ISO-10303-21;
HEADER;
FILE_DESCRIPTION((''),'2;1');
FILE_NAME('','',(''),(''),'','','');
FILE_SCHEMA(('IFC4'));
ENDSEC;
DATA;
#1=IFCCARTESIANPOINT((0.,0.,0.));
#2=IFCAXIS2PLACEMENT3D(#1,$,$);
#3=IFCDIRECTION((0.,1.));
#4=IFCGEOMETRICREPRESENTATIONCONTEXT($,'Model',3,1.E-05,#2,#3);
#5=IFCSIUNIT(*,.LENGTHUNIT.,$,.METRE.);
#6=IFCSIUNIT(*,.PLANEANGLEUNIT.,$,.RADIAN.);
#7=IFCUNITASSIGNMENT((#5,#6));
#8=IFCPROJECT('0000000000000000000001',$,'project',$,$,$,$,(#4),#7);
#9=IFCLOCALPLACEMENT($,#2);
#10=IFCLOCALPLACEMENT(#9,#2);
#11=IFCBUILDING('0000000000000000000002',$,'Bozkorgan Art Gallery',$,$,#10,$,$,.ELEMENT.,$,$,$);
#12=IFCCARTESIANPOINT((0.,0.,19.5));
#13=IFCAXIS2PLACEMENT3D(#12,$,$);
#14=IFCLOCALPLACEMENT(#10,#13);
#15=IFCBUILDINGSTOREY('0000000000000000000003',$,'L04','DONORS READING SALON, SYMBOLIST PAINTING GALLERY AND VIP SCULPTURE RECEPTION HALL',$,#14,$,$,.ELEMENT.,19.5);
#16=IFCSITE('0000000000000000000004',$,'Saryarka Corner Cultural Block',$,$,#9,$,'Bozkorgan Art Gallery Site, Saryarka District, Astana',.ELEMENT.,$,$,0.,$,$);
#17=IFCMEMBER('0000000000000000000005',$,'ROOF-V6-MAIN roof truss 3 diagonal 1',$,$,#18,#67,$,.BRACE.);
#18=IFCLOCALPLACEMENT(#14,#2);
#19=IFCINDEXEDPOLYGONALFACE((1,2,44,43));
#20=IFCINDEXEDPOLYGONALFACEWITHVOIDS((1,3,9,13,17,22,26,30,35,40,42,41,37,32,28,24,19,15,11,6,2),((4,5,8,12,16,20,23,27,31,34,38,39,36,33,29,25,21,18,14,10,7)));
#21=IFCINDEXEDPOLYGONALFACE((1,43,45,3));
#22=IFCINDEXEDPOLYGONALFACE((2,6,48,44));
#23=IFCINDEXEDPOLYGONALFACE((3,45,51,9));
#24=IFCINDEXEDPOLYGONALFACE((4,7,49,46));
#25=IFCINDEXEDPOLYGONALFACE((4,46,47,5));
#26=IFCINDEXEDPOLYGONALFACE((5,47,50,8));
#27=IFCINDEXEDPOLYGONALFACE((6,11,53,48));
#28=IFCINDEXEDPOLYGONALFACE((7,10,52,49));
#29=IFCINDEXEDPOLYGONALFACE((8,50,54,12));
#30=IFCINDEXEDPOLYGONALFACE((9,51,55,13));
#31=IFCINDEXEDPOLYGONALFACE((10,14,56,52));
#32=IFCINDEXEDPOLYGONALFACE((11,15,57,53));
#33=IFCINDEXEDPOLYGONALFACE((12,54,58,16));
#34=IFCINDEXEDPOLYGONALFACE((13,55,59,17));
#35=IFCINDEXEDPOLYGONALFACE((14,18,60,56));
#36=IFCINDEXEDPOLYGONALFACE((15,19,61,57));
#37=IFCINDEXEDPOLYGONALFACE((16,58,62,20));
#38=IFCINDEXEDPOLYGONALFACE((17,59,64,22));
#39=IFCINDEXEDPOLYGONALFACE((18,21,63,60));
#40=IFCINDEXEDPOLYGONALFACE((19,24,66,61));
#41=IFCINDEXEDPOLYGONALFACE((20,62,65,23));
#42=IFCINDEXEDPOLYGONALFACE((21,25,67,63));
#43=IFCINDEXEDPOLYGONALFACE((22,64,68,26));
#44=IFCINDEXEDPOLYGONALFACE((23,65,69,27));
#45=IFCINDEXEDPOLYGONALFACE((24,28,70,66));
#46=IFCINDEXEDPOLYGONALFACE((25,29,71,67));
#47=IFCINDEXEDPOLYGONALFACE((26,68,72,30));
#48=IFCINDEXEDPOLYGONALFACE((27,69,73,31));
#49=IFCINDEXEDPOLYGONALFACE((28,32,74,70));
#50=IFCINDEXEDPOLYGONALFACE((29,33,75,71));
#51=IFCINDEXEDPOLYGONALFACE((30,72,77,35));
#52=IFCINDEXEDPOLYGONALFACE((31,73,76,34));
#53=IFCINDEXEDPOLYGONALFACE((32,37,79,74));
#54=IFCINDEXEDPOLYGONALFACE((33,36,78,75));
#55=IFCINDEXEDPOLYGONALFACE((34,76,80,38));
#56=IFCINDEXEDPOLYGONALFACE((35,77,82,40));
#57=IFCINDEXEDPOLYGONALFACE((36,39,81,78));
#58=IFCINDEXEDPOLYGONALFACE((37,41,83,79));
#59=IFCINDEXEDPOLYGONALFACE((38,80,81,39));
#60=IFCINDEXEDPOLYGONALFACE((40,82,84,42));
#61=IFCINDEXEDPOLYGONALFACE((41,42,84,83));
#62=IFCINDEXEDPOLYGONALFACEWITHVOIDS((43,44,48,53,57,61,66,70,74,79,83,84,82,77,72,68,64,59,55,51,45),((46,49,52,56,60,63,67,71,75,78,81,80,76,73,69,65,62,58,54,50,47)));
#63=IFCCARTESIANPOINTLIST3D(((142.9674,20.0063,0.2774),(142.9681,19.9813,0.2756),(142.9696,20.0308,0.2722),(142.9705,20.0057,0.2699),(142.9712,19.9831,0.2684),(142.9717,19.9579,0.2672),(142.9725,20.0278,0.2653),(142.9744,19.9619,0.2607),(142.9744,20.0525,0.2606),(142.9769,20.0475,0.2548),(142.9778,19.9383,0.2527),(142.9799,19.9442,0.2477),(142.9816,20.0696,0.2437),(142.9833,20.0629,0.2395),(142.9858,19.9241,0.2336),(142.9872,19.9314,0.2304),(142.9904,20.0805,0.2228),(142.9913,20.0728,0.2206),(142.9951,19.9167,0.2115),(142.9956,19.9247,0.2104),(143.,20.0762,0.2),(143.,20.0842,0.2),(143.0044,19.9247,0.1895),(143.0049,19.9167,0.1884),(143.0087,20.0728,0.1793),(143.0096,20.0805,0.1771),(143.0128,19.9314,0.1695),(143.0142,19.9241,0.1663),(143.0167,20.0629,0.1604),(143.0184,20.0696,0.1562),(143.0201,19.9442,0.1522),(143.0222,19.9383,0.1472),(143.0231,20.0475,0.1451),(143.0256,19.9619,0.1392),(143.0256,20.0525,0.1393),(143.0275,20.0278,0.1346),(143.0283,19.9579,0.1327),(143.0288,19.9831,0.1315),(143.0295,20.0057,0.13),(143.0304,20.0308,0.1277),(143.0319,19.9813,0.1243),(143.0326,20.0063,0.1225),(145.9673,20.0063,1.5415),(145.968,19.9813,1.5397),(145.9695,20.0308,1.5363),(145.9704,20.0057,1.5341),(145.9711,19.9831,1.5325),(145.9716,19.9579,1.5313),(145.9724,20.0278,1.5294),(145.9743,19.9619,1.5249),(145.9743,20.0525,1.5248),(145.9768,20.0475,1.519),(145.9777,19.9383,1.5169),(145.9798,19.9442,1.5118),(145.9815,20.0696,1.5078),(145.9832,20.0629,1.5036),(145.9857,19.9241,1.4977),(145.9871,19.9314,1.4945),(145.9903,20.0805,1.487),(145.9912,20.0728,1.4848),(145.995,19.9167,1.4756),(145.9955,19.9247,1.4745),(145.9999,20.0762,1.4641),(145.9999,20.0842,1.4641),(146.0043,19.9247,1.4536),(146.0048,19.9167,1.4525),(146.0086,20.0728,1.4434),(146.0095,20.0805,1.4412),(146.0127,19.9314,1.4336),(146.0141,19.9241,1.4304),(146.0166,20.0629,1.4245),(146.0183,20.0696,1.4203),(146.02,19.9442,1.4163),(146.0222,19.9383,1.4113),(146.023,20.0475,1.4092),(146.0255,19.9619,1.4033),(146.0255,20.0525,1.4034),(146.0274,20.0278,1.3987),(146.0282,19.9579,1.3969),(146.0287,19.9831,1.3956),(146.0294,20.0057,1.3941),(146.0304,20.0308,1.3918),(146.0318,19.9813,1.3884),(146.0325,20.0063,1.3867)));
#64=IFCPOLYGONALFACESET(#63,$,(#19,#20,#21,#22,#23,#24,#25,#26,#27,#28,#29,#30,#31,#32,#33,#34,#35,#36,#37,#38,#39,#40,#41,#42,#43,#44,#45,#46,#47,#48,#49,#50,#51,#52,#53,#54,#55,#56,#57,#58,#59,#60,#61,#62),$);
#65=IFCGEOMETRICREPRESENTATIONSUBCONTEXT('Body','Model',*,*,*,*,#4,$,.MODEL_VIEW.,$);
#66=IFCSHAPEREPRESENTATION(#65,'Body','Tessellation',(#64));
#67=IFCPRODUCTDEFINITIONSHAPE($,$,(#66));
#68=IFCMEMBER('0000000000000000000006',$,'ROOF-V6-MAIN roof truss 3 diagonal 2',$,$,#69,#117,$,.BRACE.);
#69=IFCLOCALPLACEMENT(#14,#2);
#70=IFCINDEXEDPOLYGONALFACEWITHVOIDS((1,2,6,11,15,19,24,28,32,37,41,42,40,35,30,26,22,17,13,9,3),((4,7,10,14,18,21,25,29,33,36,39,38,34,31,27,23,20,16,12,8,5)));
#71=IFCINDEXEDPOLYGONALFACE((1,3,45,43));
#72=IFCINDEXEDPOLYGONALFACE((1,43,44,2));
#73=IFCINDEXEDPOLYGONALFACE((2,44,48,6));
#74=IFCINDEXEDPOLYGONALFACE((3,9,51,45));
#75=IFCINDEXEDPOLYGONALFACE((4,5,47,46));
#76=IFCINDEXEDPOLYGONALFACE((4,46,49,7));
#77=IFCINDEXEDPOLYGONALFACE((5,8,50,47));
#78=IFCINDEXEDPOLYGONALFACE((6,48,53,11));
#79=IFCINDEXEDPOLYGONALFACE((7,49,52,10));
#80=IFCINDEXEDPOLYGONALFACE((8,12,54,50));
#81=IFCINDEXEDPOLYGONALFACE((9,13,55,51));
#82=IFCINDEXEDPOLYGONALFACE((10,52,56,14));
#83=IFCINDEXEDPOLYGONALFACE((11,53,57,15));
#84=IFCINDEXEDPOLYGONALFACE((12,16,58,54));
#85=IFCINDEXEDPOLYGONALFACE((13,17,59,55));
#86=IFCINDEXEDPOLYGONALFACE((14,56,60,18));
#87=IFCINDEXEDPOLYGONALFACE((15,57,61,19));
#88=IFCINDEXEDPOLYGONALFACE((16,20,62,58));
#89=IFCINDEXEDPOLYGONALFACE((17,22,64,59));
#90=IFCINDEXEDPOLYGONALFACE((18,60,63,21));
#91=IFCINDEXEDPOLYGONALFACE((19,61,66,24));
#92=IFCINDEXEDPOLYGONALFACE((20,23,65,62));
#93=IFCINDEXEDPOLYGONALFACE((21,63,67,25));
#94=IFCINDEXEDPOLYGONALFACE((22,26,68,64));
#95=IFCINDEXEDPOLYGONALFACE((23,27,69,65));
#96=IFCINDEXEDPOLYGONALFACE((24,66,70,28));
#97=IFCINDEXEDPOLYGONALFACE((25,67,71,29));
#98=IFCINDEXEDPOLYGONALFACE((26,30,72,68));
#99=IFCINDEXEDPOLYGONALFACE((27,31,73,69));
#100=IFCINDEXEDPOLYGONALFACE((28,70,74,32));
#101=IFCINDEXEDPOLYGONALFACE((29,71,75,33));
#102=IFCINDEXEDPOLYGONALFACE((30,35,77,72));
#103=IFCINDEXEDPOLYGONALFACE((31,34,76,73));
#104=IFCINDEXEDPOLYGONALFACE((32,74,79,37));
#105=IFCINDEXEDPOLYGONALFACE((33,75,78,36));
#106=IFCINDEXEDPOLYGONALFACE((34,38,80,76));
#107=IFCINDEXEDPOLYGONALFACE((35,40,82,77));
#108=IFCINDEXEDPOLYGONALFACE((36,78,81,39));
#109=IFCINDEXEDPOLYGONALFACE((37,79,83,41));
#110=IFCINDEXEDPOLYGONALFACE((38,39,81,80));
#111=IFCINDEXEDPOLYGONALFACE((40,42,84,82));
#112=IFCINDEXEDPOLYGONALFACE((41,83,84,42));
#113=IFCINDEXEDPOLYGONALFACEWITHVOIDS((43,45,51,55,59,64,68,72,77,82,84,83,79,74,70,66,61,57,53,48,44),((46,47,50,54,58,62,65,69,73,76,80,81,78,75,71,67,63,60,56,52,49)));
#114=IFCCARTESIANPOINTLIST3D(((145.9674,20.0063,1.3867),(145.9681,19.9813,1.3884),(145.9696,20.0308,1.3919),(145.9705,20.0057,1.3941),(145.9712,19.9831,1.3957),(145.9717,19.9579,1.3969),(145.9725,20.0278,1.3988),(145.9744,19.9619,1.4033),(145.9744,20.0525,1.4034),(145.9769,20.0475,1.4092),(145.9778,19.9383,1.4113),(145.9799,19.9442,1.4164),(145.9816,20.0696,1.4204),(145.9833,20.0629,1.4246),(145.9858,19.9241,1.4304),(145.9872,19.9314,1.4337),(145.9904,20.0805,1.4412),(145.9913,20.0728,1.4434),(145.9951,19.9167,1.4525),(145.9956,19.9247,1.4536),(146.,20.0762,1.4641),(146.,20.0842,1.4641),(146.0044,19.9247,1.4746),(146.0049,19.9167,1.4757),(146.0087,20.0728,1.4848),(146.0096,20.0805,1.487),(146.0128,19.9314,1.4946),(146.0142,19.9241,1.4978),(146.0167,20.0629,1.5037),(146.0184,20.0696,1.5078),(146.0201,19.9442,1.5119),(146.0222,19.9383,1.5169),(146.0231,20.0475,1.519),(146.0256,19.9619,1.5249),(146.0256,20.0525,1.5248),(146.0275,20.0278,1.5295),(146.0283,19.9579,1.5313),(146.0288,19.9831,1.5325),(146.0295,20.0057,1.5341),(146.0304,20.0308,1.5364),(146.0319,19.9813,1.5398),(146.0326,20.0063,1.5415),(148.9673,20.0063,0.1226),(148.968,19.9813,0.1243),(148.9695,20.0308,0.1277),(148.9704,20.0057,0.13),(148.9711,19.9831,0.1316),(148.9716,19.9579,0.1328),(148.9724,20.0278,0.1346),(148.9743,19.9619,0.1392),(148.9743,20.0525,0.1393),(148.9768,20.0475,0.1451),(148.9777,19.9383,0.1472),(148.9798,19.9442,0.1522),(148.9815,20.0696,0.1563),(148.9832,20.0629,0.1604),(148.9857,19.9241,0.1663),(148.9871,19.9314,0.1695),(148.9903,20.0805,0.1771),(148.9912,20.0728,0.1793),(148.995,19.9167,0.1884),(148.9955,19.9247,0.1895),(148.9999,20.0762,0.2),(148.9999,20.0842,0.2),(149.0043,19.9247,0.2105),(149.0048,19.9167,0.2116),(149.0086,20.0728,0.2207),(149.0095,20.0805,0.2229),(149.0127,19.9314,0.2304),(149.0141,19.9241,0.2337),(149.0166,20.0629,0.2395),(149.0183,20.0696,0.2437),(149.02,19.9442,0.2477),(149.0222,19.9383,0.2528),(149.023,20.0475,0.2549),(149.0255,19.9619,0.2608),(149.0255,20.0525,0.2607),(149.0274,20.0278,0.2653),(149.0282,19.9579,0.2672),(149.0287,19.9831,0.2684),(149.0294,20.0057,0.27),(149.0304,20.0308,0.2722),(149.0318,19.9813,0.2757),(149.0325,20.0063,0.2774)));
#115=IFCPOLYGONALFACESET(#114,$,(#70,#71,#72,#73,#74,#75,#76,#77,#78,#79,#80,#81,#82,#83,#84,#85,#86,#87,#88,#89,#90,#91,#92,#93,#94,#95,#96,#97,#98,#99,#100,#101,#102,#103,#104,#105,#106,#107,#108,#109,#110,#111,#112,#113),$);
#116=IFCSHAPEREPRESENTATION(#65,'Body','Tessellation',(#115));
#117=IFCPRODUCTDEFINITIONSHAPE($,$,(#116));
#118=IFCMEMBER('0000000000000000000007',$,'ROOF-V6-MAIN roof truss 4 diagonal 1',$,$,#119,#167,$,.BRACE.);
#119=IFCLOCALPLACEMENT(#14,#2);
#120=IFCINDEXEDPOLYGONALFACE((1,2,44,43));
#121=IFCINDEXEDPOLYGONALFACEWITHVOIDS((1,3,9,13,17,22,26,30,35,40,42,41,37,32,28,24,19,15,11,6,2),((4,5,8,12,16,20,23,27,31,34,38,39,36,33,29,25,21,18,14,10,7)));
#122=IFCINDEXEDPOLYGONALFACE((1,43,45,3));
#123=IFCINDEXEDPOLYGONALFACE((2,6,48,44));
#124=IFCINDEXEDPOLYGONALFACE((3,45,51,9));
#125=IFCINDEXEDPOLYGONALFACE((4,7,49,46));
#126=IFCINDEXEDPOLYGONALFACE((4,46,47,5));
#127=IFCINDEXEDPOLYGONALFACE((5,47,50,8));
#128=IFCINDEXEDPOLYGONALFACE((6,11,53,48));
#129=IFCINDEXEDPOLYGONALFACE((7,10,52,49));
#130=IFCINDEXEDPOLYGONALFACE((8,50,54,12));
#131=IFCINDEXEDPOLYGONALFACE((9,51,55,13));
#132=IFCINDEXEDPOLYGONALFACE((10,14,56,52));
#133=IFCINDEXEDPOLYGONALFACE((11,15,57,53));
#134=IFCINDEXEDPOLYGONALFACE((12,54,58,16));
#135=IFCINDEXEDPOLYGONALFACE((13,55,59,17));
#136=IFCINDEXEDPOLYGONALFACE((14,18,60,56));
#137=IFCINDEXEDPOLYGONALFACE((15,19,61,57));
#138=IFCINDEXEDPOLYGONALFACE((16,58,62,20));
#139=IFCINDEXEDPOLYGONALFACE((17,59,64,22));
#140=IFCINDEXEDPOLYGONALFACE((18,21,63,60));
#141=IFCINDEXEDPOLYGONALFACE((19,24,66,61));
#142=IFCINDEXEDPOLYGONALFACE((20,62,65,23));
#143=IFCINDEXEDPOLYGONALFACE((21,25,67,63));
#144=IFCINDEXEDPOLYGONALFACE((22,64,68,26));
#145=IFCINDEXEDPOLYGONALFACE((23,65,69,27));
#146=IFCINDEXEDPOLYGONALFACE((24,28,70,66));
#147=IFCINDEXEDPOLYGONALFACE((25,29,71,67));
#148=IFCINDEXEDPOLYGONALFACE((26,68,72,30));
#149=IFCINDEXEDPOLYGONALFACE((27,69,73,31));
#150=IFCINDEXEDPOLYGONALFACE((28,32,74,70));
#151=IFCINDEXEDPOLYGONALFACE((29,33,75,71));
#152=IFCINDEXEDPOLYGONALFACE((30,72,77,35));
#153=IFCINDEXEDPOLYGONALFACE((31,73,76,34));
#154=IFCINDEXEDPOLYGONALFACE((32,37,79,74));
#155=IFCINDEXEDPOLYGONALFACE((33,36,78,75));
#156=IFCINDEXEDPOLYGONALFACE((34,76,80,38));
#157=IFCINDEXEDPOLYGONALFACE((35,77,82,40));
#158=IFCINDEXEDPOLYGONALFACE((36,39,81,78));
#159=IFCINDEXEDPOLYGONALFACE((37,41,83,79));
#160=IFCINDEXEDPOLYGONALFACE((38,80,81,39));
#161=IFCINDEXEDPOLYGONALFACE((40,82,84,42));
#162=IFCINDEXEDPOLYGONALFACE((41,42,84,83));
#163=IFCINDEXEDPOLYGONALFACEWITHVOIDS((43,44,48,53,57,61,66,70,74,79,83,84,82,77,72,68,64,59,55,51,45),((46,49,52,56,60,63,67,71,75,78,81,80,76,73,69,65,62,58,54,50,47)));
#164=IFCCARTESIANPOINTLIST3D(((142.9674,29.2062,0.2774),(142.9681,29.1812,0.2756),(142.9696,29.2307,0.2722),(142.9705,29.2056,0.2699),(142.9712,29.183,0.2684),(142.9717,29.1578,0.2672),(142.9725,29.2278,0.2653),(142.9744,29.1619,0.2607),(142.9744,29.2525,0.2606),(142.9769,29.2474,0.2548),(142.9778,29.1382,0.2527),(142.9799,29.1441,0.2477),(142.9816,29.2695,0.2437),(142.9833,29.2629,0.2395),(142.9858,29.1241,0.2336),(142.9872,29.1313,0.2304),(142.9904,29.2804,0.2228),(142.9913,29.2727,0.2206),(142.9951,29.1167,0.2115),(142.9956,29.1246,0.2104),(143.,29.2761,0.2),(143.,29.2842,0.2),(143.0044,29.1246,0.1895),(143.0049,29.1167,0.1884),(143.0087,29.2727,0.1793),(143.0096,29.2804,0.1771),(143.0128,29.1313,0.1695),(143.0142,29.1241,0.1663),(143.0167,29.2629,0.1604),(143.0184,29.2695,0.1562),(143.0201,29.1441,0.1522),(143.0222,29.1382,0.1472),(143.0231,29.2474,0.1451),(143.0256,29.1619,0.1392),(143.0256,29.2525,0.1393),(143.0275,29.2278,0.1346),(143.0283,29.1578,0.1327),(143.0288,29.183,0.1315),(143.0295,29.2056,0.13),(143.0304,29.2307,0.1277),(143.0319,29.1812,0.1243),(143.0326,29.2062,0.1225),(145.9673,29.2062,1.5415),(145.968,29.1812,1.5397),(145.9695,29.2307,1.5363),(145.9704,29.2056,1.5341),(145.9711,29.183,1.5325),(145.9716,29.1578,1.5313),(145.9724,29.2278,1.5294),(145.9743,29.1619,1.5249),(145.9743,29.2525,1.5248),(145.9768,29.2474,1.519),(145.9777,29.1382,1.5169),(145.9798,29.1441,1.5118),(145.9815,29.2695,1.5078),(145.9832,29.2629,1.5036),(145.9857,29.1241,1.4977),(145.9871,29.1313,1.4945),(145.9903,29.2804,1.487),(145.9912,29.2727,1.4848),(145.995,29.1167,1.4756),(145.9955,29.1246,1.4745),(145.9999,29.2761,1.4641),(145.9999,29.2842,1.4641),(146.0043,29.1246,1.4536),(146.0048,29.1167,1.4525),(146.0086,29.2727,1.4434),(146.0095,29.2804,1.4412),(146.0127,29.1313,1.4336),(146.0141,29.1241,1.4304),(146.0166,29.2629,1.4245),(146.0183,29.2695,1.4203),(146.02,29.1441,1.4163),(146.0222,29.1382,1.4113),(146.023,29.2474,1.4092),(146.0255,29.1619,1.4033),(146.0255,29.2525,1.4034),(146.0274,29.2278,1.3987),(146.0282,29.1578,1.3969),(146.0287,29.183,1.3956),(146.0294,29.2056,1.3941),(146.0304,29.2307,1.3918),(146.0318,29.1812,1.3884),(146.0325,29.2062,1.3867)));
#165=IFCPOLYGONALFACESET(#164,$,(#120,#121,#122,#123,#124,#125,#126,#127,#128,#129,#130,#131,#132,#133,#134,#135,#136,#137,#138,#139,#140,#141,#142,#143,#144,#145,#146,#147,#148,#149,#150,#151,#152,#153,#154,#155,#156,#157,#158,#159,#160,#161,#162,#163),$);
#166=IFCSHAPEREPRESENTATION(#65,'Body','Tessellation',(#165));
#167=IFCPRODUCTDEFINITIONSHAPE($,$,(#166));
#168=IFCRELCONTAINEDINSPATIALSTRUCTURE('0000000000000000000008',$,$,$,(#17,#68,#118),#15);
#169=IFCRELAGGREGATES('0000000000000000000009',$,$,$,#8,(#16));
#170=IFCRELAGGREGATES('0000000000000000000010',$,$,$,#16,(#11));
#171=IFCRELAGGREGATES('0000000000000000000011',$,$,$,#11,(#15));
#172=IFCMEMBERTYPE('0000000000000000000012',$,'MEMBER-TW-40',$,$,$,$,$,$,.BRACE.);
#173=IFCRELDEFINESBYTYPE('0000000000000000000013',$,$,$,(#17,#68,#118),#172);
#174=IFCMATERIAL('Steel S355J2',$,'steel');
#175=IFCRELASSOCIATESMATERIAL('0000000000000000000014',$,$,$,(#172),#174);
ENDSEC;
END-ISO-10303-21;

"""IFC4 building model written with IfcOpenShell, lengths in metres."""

from ifc_helpers import new_model, si_unit, direction, frame, origin, origin_2d, place, context, subcontext, project, spatial, hollow_circle, extrude, material, material_profile, profile_set, type_object, element, save


model = new_model("IFC4")

# Units and contexts
model_context = context("Model", 3, precision=1e-05, world=origin(), true_north=direction((0.0, 1.0)))
body_context = subcontext(model_context, "Body", "Model", "MODEL_VIEW")
ifc_project = project(units=[si_unit("LENGTHUNIT", "METRE"), si_unit("PLANEANGLEUNIT", "RADIAN")], contexts=[model_context])

# Site, building, storey
site_placement = place(None, origin())
site = spatial("IfcSite", under=ifc_project, at=site_placement, Name="Saryarka Corner Cultural Block", LongName="Bozkorgan Art Gallery Site, Saryarka District, Astana", CompositionType="ELEMENT", RefElevation=0.0)
building_placement = place(site_placement, origin())
building = spatial("IfcBuilding", under=site, at=building_placement, Name="Bozkorgan Art Gallery", CompositionType="ELEMENT")
storey_placement = place(building_placement, frame((0.0, 0.0, 19.5)))
storey = spatial("IfcBuildingStorey", under=building, at=storey_placement, Name="L04", Description="DONORS READING SALON, SYMBOLIST PAINTING GALLERY AND VIP SCULPTURE RECEPTION HALL", CompositionType="ELEMENT", Elevation=19.5)

# Shared definitions
ifc_material_1 = material(Name="Steel S355J2", Category="steel")

# Members
ifc_material_profile_1 = material_profile(ifc_material_1, hollow_circle(Radius=0.0842, WallThickness=0.0081, at=origin_2d()), Name="CHS 168.3x8")
ifc_profile_set_1 = profile_set([ifc_material_profile_1], Name="Steel S355J2")
member_type_1 = type_object("IfcMemberType", Name="MEMBER-TW-40", PredefinedType="BRACE", material=ifc_profile_set_1)
for number, where, z_axis, x_axis, name in (
    (1, (143.0, 20.0, 0.2), (0.921525, 0.0, 0.388318), (0.0, 1.0, 0.0), "ROOF-V6-MAIN roof truss 3 diagonal 1"),
    (2, (146.0, 20.0, 1.4641), (0.921525, 0.0, -0.388318), (0.0, 1.0, 0.0), "ROOF-V6-MAIN roof truss 3 diagonal 2"),
    (3, (143.0, 29.2, 0.2), (0.921525, 0.0, 0.388318), (0.0, 1.0, 0.0), "ROOF-V6-MAIN roof truss 4 diagonal 1"),
):
    element("IfcMember", number, at=place(storey_placement, frame(where, z_axis=z_axis, x_axis=x_axis)), inside=storey, type_object=member_type_1, Name=name, PredefinedType="BRACE", context=body_context, shape_type="SweptSolid", body=[
        extrude(hollow_circle(Radius=0.0842, WallThickness=0.0081, at=origin_2d()), origin(), (0.0, 0.0, 1.0), 3.2554),
    ])

save(model, "model.ifc")
